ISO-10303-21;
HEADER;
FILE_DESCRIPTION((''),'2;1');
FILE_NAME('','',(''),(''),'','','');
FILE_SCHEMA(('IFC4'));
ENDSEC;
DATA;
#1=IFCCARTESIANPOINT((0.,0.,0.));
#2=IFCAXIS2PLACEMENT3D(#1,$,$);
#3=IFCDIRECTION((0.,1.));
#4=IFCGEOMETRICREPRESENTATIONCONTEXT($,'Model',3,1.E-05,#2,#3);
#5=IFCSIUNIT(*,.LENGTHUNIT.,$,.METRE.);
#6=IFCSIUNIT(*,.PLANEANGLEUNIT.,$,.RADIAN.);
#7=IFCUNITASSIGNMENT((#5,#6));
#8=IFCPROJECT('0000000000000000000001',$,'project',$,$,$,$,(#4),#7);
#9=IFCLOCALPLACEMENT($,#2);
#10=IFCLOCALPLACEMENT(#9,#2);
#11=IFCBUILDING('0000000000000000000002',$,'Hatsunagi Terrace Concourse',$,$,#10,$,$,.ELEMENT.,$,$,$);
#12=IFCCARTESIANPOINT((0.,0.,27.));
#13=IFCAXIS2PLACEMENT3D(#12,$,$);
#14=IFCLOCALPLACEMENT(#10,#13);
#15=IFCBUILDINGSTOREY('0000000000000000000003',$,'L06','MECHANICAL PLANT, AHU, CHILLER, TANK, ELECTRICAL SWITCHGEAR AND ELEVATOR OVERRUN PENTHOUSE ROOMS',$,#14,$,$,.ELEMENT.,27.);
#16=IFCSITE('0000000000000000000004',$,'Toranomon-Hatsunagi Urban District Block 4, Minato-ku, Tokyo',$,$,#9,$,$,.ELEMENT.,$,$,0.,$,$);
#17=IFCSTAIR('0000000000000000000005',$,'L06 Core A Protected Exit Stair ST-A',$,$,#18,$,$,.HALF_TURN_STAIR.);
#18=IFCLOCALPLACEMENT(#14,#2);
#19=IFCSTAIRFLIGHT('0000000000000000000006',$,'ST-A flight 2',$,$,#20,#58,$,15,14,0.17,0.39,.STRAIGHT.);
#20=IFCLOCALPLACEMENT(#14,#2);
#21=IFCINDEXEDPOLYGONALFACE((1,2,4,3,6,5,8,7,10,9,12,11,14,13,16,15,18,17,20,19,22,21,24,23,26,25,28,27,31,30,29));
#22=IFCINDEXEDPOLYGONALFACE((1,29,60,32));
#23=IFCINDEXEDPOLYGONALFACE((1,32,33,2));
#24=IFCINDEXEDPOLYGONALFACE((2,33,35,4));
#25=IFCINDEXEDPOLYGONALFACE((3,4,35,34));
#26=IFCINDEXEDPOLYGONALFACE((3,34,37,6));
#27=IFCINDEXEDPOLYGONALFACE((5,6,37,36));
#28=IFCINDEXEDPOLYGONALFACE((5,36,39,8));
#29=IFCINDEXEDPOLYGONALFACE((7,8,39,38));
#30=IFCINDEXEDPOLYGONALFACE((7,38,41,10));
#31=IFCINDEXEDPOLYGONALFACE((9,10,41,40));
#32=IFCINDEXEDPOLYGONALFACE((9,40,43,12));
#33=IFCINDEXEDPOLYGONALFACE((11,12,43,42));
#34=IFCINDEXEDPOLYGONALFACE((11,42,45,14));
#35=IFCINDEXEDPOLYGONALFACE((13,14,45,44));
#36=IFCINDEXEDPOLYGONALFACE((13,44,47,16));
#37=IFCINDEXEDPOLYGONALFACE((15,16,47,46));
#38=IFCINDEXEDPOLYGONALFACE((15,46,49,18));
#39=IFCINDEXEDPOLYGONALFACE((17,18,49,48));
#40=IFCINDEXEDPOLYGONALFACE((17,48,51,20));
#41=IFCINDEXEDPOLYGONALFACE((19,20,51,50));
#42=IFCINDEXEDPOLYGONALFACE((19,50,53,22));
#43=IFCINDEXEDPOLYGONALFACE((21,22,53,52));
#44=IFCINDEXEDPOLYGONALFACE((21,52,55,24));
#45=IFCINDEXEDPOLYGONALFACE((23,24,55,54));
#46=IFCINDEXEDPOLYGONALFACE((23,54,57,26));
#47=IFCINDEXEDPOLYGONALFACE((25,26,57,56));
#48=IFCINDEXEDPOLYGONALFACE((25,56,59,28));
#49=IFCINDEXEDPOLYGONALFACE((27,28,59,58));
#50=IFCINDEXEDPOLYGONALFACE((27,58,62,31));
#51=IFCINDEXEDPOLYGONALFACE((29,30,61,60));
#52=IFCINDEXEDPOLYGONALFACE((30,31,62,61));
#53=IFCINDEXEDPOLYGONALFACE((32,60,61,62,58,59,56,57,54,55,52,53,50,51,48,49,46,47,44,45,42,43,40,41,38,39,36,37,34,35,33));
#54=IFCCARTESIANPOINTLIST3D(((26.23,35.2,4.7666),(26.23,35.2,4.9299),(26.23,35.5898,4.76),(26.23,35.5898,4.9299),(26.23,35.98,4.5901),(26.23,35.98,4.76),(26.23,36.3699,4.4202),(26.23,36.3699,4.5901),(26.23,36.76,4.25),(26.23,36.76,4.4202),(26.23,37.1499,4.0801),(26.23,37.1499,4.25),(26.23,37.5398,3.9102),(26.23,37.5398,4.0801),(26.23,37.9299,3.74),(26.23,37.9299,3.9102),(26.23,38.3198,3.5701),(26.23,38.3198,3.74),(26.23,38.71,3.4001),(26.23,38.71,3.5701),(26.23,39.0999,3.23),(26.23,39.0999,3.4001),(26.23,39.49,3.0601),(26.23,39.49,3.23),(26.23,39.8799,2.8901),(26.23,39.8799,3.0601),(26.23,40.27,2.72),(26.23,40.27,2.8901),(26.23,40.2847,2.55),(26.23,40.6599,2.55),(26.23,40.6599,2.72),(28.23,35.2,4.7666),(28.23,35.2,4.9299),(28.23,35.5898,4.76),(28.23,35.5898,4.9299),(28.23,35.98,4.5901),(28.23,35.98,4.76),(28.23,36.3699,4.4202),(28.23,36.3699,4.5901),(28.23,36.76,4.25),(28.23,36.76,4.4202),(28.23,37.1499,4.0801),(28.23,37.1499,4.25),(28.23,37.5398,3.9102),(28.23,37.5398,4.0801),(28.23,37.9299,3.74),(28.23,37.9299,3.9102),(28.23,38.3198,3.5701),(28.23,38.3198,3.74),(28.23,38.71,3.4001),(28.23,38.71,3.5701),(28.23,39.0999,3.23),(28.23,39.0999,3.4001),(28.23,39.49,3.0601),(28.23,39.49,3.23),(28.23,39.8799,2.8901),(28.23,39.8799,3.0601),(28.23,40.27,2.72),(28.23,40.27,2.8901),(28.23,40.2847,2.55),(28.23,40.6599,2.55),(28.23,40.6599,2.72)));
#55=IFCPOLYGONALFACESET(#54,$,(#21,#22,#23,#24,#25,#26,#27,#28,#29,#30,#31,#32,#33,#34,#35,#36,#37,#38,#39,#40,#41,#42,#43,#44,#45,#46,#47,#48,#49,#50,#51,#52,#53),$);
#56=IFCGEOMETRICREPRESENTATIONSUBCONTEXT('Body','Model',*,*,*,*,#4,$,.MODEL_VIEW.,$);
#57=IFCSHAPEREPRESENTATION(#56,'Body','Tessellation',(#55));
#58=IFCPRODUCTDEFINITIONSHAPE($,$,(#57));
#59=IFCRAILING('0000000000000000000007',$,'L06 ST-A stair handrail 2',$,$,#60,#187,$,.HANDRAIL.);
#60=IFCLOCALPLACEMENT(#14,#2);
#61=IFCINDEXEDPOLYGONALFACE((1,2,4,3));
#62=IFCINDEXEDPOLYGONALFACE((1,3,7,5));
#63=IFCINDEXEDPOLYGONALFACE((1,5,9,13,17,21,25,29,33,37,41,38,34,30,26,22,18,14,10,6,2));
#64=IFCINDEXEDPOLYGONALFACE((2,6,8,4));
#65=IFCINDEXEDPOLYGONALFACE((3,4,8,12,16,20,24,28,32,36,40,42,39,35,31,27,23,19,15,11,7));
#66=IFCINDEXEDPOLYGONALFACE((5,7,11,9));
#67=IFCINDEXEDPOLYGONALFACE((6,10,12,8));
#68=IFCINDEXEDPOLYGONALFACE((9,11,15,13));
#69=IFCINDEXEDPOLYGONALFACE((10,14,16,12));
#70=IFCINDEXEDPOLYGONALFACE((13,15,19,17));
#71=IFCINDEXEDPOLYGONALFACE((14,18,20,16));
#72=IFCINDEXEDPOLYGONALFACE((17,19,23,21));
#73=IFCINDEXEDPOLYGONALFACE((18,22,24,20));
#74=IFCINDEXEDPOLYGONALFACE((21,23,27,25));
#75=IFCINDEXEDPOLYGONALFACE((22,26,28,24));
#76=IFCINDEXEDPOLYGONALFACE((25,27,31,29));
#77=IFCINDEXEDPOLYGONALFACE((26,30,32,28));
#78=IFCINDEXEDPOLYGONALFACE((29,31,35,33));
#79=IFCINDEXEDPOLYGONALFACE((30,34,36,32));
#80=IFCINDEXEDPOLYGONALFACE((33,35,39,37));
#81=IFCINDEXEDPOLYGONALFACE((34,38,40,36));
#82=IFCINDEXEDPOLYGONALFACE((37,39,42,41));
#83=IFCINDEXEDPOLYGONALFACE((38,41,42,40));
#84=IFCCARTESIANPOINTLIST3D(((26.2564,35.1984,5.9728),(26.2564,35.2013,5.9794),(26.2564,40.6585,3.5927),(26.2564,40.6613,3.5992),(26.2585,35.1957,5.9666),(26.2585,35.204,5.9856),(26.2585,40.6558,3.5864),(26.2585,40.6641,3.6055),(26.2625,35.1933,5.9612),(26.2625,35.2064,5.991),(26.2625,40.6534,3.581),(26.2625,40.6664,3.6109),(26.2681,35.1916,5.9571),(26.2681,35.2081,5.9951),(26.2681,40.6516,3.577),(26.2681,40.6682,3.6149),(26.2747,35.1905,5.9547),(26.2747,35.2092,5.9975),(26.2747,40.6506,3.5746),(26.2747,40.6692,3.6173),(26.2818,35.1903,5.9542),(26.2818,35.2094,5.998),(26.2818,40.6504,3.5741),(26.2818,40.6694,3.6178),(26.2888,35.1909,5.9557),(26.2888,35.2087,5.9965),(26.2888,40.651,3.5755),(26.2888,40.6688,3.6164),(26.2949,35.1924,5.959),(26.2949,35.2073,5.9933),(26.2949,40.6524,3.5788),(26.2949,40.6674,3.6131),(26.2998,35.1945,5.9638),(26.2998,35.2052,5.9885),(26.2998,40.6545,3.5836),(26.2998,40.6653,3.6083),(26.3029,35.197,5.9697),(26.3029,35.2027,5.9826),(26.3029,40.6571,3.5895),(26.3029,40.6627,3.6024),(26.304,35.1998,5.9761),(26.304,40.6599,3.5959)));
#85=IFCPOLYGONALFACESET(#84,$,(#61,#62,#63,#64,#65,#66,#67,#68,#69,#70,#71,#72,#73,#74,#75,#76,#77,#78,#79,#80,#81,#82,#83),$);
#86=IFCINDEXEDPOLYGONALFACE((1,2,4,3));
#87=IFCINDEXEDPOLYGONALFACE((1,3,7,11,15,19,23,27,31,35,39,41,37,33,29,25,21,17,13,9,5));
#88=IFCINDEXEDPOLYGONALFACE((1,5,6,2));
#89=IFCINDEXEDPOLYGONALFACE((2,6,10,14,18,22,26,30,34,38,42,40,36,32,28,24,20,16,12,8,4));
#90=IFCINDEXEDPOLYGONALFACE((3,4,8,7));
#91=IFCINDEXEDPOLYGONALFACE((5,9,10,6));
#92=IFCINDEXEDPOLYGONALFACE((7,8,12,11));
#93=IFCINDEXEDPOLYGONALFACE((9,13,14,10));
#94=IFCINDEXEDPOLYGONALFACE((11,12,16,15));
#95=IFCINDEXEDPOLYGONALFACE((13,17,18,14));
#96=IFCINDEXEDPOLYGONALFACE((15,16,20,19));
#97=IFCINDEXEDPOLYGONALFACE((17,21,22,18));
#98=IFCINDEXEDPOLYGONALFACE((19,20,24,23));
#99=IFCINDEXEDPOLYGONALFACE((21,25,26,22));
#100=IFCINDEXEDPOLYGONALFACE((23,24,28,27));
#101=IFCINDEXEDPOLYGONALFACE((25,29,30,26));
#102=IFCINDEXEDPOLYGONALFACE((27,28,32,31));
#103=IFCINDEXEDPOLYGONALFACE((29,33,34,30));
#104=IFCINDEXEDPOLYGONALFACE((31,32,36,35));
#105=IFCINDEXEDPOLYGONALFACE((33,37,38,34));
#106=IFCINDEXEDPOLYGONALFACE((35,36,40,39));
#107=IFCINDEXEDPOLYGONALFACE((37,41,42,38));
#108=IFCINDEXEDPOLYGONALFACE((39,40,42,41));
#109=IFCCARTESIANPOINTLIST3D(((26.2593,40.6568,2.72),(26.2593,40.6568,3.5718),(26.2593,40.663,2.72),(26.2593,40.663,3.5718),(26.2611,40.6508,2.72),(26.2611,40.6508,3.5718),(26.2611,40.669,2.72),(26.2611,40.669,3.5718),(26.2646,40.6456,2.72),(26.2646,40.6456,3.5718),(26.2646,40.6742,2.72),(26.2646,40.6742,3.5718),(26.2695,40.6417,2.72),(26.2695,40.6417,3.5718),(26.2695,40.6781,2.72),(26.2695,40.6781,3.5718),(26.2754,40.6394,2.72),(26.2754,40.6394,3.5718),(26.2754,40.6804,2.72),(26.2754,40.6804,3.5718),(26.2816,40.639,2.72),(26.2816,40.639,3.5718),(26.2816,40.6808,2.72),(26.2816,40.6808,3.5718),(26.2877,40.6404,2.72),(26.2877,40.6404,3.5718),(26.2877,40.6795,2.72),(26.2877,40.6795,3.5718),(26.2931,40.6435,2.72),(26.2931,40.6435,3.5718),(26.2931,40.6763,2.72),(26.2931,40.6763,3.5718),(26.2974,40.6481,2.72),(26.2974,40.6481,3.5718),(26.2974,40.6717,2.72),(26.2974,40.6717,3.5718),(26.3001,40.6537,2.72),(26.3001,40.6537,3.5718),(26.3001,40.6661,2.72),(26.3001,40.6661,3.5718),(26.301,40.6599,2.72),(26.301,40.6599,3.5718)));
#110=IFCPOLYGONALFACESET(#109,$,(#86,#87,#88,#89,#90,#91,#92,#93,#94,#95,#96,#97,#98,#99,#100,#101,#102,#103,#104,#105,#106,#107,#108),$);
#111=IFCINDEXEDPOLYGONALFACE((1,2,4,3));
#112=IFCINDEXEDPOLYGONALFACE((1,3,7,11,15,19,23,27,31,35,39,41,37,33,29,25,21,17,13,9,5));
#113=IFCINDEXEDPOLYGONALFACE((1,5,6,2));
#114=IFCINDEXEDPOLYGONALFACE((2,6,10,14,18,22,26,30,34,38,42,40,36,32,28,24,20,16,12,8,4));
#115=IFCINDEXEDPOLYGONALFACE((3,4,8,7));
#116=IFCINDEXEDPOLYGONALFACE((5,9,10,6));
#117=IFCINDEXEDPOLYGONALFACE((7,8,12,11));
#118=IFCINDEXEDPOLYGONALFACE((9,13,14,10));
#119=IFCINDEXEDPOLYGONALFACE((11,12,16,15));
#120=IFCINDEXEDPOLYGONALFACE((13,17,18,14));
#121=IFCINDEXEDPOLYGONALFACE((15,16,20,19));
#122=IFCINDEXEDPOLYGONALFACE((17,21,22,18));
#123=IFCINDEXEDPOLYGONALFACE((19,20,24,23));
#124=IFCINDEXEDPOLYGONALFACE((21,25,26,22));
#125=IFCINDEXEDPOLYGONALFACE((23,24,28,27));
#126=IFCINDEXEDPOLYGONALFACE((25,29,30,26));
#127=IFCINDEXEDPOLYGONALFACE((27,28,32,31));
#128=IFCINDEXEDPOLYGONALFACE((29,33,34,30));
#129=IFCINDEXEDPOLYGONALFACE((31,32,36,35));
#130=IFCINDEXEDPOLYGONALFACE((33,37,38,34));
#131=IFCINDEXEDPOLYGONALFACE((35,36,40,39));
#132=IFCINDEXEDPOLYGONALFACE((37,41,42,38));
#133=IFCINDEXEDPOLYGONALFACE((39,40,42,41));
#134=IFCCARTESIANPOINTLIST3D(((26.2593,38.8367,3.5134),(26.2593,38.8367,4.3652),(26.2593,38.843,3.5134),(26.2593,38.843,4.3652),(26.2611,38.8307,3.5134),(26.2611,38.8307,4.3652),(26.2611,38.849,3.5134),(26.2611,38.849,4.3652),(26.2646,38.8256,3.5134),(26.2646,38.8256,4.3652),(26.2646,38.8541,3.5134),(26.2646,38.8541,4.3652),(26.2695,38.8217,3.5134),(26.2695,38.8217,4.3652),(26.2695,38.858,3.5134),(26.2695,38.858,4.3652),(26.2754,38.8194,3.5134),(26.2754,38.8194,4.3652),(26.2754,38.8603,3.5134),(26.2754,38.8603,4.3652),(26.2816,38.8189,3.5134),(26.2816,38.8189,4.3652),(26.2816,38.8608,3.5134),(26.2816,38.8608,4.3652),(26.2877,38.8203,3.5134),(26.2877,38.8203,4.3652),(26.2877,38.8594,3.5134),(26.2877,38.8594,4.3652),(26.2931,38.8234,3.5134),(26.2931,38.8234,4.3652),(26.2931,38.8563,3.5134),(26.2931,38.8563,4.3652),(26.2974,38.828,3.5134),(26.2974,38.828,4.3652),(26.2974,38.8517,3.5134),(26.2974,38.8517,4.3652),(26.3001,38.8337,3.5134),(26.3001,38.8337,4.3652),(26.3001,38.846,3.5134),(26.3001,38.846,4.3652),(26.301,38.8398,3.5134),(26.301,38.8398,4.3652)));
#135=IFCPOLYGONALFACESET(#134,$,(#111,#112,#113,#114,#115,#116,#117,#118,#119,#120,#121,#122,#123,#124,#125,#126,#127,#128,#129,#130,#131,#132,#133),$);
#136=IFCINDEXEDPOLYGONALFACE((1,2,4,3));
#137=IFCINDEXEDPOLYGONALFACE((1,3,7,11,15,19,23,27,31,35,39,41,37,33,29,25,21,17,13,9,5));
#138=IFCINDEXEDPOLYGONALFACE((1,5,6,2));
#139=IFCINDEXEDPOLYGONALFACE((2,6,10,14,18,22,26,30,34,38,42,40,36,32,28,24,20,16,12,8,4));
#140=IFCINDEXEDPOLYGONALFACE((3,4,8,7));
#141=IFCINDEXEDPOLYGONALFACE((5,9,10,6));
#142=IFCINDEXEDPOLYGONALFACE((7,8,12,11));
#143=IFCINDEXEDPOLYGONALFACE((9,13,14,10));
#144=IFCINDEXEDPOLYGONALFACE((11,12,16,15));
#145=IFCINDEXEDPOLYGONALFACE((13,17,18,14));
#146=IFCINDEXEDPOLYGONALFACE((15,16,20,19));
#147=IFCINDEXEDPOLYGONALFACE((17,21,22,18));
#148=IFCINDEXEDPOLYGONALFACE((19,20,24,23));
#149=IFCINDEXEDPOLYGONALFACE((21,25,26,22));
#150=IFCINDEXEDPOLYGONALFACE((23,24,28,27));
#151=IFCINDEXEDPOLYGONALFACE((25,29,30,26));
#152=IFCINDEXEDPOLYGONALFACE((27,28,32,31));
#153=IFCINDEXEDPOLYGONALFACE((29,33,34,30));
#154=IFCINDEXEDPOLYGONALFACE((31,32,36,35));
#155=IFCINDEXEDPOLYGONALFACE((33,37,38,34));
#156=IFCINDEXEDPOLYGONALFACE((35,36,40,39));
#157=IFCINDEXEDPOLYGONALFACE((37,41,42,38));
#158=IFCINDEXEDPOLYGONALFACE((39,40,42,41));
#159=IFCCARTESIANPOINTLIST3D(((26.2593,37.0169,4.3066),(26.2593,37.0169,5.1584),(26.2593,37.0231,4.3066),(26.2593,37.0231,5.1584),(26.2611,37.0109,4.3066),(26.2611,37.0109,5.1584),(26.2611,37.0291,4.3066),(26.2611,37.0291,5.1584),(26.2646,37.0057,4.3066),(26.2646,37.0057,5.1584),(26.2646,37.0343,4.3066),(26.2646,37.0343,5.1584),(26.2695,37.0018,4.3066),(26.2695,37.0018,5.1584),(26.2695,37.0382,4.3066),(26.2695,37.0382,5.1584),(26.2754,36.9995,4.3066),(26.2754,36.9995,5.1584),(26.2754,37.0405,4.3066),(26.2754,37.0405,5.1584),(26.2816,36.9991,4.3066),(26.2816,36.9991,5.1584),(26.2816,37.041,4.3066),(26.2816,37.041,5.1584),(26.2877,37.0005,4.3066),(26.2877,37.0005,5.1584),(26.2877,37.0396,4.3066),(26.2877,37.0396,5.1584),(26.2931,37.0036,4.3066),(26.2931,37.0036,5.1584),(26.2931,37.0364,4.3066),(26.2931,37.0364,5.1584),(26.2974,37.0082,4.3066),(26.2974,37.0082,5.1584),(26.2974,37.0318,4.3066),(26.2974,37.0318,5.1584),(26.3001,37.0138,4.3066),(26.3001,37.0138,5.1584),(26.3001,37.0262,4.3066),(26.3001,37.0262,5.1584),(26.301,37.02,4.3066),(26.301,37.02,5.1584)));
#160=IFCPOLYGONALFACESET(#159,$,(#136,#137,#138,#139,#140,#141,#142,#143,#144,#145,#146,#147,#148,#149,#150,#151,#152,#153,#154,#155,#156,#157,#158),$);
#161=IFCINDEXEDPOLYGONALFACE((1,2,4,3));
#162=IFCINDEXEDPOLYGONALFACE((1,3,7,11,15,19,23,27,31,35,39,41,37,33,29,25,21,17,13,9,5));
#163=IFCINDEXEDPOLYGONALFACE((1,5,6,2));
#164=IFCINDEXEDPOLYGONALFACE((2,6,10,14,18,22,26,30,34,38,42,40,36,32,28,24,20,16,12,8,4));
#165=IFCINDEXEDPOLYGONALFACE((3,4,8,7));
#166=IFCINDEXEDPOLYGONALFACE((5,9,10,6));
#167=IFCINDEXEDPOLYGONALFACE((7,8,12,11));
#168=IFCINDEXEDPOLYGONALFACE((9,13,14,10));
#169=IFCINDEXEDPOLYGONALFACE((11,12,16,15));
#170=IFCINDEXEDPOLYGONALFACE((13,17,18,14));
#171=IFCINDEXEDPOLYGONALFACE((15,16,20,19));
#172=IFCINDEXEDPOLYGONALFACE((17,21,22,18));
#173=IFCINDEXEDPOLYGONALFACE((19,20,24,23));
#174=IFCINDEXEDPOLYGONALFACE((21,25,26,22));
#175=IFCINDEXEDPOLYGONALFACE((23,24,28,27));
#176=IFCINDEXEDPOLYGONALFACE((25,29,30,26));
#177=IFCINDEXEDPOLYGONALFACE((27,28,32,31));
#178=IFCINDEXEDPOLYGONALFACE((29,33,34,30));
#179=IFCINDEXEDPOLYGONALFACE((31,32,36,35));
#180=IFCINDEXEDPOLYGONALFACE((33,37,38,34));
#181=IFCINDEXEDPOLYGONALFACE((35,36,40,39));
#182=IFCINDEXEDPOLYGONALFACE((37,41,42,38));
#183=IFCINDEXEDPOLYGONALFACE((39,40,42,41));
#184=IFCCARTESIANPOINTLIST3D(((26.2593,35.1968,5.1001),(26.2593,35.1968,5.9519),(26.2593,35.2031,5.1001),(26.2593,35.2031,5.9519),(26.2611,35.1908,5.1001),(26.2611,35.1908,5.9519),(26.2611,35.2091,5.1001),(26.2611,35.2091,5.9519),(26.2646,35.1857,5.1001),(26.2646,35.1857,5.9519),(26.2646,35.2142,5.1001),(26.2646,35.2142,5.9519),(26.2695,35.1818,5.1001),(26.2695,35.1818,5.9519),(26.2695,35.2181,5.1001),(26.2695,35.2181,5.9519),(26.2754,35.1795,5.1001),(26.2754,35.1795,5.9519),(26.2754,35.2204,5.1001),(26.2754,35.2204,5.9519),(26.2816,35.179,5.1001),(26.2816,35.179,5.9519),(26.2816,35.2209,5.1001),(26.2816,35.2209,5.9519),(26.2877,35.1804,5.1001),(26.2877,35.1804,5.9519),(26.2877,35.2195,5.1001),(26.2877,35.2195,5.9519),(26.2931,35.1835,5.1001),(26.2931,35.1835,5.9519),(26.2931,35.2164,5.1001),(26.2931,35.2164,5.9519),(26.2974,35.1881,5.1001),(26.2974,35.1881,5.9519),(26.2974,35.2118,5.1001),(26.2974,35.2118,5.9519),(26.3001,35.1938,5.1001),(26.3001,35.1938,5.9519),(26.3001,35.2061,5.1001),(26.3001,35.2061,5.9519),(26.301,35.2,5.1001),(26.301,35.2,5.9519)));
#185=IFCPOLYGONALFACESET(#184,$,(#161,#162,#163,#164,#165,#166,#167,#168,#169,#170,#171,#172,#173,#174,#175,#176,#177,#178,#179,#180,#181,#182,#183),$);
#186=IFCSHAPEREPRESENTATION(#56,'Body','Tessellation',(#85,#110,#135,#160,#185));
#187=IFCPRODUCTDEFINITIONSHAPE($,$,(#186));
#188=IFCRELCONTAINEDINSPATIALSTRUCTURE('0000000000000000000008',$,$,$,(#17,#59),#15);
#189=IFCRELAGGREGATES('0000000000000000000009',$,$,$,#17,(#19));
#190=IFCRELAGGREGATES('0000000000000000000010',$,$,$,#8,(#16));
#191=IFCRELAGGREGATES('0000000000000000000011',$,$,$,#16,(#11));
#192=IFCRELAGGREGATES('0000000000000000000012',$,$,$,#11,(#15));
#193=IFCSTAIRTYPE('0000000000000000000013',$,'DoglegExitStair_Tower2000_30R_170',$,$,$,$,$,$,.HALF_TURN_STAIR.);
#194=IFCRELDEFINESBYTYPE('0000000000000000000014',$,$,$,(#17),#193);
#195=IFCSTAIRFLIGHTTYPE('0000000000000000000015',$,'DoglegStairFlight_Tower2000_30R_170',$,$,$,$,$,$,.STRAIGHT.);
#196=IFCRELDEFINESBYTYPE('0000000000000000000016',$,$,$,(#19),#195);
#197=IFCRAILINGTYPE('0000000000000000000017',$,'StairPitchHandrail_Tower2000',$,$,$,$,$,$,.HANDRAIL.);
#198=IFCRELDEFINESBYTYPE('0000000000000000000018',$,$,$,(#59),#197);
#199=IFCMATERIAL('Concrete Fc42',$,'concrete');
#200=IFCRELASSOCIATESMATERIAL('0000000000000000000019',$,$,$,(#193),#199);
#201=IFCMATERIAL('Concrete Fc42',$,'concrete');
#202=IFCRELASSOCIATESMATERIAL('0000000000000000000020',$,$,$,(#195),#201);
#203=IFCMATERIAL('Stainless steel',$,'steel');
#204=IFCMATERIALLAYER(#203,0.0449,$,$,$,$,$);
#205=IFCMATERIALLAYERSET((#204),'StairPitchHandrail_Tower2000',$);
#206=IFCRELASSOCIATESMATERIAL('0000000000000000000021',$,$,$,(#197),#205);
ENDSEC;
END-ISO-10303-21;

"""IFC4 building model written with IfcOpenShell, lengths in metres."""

from ifc_helpers import new_model, si_unit, direction, frame, origin, origin_2d, place, context, subcontext, project, spatial, polyline, circle, outline, extrude, material, layer, layer_set, type_object, element, aggregate, save


model = new_model("IFC4")

# Units and contexts
model_context = context("Model", 3, precision=1e-05, world=origin(), true_north=direction((0.0, 1.0)))
body_context = subcontext(model_context, "Body", "Model", "MODEL_VIEW")
ifc_project = project(units=[si_unit("LENGTHUNIT", "METRE"), si_unit("PLANEANGLEUNIT", "RADIAN")], contexts=[model_context])

# Site, building, storey
site_placement = place(None, origin())
site = spatial("IfcSite", under=ifc_project, at=site_placement, Name="Toranomon-Hatsunagi Urban District Block 4, Minato-ku, Tokyo", CompositionType="ELEMENT", RefElevation=0.0)
building_placement = place(site_placement, origin())
building = spatial("IfcBuilding", under=site, at=building_placement, Name="Hatsunagi Terrace Concourse", CompositionType="ELEMENT")
storey_placement = place(building_placement, frame((0.0, 0.0, 27.0)))
storey = spatial("IfcBuildingStorey", under=building, at=storey_placement, Name="L06", Description="MECHANICAL PLANT, AHU, CHILLER, TANK, ELECTRICAL SWITCHGEAR AND ELEVATOR OVERRUN PENTHOUSE ROOMS", CompositionType="ELEMENT", Elevation=27.0)

# Stair, stair flight
ifc_material_1 = material(Name="Concrete Fc42", Category="concrete")
stair_type = type_object("IfcStairType", Name="DoglegExitStair_Tower2000_30R_170", PredefinedType="HALF_TURN_STAIR", material=ifc_material_1)
stair_placement = place(storey_placement, origin())
stair = element("IfcStair", 1, at=stair_placement, inside=storey, type_object=stair_type, Name="L06 Core A Protected Exit Stair ST-A", PredefinedType="HALF_TURN_STAIR")
ifc_material_2 = material(Name="Concrete Fc42", Category="concrete")
stair_flight_type = type_object("IfcStairFlightType", Name="DoglegStairFlight_Tower2000_30R_170", PredefinedType="STRAIGHT", material=ifc_material_2)
stair_flight_placement = place(storey_placement, frame((27.23, 40.6599, 2.55), z_axis=(0.0, 0.0, 1.0), x_axis=(0.0, -1.0, 0.0)))
stair_flight = element("IfcStairFlight", 2, at=stair_flight_placement, type_object=stair_flight_type, Name="ST-A flight 2", NumberOfRisers=15, NumberOfTreads=14, PredefinedType="STRAIGHT", RiserHeight=0.17, TreadLength=0.39, context=body_context, shape_type="SweptSolid", body=[
    extrude(outline(polyline([(0.0, 0.0), (0.0, 0.1699), (0.3899, 0.1699), (0.3899, 0.3401), (0.78, 0.3401), (0.78, 0.51), (1.1699, 0.51), (1.1699, 0.6799), (1.5601, 0.6799), (1.5601, 0.8501), (1.95, 0.8501), (1.95, 1.02), (2.3401, 1.02), (2.3401, 1.1899), (2.73, 1.1899), (2.73, 1.3601), (3.1201, 1.3601), (3.1201, 1.53), (3.51, 1.53), (3.51, 1.7), (3.8999, 1.7), (3.8999, 1.8701), (4.29, 1.8701), (4.29, 2.04), (4.6799, 2.04), (4.6799, 2.21), (5.0701, 2.21), (5.0701, 2.3799), (5.46, 2.3799), (5.46, 2.55), (5.46, 2.2166), (0.3752, 0.0), (0.0, 0.0)])), frame((0.0, 1.0, 0.0), z_axis=(0.0, -1.0, 0.0), x_axis=(1.0, 0.0, 0.0)), (0.0, 0.0, 1.0), 2.0),
])
aggregate(stair, [stair_flight])

# Railing
ifc_material_3 = material(Name="Stainless steel", Category="steel")
ifc_layer_1 = layer(ifc_material_3, 0.0449)
ifc_layer_set_1 = layer_set([ifc_layer_1], Name="StairPitchHandrail_Tower2000")
railing_type_1 = type_object("IfcRailingType", Name="StairPitchHandrail_Tower2000", PredefinedType="HANDRAIL", material=ifc_layer_set_1)
railing_1_placement = place(storey_placement, frame((26.28, 40.6599, 2.72)))
element("IfcRailing", 3, at=railing_1_placement, inside=storey, type_object=railing_type_1, Name="L06 ST-A stair handrail 2", PredefinedType="HANDRAIL", context=body_context, shape_type="SweptSolid", body=[
    extrude(circle(Radius=0.0239, at=origin_2d()), frame((0.0, 0.0, 0.876), z_axis=(0.0, -0.916687, 0.399606), x_axis=(1.0, 0.0, 0.0)), (0.0, 0.0, 1.0), 5.9563),
    extrude(circle(Radius=0.021, at=origin_2d()), origin(), (0.0, 0.0, 1.0), 0.8518),
    extrude(circle(Radius=0.021, at=origin_2d()), frame((0.0, -1.8201, 0.7935)), (0.0, 0.0, 1.0), 0.8518),
    extrude(circle(Radius=0.021, at=origin_2d()), frame((0.0, -3.6399, 1.5867)), (0.0, 0.0, 1.0), 0.8518),
    extrude(circle(Radius=0.021, at=origin_2d()), frame((0.0, -5.46, 2.3801)), (0.0, 0.0, 1.0), 0.8518),
])

save(model, "model.ifc")
